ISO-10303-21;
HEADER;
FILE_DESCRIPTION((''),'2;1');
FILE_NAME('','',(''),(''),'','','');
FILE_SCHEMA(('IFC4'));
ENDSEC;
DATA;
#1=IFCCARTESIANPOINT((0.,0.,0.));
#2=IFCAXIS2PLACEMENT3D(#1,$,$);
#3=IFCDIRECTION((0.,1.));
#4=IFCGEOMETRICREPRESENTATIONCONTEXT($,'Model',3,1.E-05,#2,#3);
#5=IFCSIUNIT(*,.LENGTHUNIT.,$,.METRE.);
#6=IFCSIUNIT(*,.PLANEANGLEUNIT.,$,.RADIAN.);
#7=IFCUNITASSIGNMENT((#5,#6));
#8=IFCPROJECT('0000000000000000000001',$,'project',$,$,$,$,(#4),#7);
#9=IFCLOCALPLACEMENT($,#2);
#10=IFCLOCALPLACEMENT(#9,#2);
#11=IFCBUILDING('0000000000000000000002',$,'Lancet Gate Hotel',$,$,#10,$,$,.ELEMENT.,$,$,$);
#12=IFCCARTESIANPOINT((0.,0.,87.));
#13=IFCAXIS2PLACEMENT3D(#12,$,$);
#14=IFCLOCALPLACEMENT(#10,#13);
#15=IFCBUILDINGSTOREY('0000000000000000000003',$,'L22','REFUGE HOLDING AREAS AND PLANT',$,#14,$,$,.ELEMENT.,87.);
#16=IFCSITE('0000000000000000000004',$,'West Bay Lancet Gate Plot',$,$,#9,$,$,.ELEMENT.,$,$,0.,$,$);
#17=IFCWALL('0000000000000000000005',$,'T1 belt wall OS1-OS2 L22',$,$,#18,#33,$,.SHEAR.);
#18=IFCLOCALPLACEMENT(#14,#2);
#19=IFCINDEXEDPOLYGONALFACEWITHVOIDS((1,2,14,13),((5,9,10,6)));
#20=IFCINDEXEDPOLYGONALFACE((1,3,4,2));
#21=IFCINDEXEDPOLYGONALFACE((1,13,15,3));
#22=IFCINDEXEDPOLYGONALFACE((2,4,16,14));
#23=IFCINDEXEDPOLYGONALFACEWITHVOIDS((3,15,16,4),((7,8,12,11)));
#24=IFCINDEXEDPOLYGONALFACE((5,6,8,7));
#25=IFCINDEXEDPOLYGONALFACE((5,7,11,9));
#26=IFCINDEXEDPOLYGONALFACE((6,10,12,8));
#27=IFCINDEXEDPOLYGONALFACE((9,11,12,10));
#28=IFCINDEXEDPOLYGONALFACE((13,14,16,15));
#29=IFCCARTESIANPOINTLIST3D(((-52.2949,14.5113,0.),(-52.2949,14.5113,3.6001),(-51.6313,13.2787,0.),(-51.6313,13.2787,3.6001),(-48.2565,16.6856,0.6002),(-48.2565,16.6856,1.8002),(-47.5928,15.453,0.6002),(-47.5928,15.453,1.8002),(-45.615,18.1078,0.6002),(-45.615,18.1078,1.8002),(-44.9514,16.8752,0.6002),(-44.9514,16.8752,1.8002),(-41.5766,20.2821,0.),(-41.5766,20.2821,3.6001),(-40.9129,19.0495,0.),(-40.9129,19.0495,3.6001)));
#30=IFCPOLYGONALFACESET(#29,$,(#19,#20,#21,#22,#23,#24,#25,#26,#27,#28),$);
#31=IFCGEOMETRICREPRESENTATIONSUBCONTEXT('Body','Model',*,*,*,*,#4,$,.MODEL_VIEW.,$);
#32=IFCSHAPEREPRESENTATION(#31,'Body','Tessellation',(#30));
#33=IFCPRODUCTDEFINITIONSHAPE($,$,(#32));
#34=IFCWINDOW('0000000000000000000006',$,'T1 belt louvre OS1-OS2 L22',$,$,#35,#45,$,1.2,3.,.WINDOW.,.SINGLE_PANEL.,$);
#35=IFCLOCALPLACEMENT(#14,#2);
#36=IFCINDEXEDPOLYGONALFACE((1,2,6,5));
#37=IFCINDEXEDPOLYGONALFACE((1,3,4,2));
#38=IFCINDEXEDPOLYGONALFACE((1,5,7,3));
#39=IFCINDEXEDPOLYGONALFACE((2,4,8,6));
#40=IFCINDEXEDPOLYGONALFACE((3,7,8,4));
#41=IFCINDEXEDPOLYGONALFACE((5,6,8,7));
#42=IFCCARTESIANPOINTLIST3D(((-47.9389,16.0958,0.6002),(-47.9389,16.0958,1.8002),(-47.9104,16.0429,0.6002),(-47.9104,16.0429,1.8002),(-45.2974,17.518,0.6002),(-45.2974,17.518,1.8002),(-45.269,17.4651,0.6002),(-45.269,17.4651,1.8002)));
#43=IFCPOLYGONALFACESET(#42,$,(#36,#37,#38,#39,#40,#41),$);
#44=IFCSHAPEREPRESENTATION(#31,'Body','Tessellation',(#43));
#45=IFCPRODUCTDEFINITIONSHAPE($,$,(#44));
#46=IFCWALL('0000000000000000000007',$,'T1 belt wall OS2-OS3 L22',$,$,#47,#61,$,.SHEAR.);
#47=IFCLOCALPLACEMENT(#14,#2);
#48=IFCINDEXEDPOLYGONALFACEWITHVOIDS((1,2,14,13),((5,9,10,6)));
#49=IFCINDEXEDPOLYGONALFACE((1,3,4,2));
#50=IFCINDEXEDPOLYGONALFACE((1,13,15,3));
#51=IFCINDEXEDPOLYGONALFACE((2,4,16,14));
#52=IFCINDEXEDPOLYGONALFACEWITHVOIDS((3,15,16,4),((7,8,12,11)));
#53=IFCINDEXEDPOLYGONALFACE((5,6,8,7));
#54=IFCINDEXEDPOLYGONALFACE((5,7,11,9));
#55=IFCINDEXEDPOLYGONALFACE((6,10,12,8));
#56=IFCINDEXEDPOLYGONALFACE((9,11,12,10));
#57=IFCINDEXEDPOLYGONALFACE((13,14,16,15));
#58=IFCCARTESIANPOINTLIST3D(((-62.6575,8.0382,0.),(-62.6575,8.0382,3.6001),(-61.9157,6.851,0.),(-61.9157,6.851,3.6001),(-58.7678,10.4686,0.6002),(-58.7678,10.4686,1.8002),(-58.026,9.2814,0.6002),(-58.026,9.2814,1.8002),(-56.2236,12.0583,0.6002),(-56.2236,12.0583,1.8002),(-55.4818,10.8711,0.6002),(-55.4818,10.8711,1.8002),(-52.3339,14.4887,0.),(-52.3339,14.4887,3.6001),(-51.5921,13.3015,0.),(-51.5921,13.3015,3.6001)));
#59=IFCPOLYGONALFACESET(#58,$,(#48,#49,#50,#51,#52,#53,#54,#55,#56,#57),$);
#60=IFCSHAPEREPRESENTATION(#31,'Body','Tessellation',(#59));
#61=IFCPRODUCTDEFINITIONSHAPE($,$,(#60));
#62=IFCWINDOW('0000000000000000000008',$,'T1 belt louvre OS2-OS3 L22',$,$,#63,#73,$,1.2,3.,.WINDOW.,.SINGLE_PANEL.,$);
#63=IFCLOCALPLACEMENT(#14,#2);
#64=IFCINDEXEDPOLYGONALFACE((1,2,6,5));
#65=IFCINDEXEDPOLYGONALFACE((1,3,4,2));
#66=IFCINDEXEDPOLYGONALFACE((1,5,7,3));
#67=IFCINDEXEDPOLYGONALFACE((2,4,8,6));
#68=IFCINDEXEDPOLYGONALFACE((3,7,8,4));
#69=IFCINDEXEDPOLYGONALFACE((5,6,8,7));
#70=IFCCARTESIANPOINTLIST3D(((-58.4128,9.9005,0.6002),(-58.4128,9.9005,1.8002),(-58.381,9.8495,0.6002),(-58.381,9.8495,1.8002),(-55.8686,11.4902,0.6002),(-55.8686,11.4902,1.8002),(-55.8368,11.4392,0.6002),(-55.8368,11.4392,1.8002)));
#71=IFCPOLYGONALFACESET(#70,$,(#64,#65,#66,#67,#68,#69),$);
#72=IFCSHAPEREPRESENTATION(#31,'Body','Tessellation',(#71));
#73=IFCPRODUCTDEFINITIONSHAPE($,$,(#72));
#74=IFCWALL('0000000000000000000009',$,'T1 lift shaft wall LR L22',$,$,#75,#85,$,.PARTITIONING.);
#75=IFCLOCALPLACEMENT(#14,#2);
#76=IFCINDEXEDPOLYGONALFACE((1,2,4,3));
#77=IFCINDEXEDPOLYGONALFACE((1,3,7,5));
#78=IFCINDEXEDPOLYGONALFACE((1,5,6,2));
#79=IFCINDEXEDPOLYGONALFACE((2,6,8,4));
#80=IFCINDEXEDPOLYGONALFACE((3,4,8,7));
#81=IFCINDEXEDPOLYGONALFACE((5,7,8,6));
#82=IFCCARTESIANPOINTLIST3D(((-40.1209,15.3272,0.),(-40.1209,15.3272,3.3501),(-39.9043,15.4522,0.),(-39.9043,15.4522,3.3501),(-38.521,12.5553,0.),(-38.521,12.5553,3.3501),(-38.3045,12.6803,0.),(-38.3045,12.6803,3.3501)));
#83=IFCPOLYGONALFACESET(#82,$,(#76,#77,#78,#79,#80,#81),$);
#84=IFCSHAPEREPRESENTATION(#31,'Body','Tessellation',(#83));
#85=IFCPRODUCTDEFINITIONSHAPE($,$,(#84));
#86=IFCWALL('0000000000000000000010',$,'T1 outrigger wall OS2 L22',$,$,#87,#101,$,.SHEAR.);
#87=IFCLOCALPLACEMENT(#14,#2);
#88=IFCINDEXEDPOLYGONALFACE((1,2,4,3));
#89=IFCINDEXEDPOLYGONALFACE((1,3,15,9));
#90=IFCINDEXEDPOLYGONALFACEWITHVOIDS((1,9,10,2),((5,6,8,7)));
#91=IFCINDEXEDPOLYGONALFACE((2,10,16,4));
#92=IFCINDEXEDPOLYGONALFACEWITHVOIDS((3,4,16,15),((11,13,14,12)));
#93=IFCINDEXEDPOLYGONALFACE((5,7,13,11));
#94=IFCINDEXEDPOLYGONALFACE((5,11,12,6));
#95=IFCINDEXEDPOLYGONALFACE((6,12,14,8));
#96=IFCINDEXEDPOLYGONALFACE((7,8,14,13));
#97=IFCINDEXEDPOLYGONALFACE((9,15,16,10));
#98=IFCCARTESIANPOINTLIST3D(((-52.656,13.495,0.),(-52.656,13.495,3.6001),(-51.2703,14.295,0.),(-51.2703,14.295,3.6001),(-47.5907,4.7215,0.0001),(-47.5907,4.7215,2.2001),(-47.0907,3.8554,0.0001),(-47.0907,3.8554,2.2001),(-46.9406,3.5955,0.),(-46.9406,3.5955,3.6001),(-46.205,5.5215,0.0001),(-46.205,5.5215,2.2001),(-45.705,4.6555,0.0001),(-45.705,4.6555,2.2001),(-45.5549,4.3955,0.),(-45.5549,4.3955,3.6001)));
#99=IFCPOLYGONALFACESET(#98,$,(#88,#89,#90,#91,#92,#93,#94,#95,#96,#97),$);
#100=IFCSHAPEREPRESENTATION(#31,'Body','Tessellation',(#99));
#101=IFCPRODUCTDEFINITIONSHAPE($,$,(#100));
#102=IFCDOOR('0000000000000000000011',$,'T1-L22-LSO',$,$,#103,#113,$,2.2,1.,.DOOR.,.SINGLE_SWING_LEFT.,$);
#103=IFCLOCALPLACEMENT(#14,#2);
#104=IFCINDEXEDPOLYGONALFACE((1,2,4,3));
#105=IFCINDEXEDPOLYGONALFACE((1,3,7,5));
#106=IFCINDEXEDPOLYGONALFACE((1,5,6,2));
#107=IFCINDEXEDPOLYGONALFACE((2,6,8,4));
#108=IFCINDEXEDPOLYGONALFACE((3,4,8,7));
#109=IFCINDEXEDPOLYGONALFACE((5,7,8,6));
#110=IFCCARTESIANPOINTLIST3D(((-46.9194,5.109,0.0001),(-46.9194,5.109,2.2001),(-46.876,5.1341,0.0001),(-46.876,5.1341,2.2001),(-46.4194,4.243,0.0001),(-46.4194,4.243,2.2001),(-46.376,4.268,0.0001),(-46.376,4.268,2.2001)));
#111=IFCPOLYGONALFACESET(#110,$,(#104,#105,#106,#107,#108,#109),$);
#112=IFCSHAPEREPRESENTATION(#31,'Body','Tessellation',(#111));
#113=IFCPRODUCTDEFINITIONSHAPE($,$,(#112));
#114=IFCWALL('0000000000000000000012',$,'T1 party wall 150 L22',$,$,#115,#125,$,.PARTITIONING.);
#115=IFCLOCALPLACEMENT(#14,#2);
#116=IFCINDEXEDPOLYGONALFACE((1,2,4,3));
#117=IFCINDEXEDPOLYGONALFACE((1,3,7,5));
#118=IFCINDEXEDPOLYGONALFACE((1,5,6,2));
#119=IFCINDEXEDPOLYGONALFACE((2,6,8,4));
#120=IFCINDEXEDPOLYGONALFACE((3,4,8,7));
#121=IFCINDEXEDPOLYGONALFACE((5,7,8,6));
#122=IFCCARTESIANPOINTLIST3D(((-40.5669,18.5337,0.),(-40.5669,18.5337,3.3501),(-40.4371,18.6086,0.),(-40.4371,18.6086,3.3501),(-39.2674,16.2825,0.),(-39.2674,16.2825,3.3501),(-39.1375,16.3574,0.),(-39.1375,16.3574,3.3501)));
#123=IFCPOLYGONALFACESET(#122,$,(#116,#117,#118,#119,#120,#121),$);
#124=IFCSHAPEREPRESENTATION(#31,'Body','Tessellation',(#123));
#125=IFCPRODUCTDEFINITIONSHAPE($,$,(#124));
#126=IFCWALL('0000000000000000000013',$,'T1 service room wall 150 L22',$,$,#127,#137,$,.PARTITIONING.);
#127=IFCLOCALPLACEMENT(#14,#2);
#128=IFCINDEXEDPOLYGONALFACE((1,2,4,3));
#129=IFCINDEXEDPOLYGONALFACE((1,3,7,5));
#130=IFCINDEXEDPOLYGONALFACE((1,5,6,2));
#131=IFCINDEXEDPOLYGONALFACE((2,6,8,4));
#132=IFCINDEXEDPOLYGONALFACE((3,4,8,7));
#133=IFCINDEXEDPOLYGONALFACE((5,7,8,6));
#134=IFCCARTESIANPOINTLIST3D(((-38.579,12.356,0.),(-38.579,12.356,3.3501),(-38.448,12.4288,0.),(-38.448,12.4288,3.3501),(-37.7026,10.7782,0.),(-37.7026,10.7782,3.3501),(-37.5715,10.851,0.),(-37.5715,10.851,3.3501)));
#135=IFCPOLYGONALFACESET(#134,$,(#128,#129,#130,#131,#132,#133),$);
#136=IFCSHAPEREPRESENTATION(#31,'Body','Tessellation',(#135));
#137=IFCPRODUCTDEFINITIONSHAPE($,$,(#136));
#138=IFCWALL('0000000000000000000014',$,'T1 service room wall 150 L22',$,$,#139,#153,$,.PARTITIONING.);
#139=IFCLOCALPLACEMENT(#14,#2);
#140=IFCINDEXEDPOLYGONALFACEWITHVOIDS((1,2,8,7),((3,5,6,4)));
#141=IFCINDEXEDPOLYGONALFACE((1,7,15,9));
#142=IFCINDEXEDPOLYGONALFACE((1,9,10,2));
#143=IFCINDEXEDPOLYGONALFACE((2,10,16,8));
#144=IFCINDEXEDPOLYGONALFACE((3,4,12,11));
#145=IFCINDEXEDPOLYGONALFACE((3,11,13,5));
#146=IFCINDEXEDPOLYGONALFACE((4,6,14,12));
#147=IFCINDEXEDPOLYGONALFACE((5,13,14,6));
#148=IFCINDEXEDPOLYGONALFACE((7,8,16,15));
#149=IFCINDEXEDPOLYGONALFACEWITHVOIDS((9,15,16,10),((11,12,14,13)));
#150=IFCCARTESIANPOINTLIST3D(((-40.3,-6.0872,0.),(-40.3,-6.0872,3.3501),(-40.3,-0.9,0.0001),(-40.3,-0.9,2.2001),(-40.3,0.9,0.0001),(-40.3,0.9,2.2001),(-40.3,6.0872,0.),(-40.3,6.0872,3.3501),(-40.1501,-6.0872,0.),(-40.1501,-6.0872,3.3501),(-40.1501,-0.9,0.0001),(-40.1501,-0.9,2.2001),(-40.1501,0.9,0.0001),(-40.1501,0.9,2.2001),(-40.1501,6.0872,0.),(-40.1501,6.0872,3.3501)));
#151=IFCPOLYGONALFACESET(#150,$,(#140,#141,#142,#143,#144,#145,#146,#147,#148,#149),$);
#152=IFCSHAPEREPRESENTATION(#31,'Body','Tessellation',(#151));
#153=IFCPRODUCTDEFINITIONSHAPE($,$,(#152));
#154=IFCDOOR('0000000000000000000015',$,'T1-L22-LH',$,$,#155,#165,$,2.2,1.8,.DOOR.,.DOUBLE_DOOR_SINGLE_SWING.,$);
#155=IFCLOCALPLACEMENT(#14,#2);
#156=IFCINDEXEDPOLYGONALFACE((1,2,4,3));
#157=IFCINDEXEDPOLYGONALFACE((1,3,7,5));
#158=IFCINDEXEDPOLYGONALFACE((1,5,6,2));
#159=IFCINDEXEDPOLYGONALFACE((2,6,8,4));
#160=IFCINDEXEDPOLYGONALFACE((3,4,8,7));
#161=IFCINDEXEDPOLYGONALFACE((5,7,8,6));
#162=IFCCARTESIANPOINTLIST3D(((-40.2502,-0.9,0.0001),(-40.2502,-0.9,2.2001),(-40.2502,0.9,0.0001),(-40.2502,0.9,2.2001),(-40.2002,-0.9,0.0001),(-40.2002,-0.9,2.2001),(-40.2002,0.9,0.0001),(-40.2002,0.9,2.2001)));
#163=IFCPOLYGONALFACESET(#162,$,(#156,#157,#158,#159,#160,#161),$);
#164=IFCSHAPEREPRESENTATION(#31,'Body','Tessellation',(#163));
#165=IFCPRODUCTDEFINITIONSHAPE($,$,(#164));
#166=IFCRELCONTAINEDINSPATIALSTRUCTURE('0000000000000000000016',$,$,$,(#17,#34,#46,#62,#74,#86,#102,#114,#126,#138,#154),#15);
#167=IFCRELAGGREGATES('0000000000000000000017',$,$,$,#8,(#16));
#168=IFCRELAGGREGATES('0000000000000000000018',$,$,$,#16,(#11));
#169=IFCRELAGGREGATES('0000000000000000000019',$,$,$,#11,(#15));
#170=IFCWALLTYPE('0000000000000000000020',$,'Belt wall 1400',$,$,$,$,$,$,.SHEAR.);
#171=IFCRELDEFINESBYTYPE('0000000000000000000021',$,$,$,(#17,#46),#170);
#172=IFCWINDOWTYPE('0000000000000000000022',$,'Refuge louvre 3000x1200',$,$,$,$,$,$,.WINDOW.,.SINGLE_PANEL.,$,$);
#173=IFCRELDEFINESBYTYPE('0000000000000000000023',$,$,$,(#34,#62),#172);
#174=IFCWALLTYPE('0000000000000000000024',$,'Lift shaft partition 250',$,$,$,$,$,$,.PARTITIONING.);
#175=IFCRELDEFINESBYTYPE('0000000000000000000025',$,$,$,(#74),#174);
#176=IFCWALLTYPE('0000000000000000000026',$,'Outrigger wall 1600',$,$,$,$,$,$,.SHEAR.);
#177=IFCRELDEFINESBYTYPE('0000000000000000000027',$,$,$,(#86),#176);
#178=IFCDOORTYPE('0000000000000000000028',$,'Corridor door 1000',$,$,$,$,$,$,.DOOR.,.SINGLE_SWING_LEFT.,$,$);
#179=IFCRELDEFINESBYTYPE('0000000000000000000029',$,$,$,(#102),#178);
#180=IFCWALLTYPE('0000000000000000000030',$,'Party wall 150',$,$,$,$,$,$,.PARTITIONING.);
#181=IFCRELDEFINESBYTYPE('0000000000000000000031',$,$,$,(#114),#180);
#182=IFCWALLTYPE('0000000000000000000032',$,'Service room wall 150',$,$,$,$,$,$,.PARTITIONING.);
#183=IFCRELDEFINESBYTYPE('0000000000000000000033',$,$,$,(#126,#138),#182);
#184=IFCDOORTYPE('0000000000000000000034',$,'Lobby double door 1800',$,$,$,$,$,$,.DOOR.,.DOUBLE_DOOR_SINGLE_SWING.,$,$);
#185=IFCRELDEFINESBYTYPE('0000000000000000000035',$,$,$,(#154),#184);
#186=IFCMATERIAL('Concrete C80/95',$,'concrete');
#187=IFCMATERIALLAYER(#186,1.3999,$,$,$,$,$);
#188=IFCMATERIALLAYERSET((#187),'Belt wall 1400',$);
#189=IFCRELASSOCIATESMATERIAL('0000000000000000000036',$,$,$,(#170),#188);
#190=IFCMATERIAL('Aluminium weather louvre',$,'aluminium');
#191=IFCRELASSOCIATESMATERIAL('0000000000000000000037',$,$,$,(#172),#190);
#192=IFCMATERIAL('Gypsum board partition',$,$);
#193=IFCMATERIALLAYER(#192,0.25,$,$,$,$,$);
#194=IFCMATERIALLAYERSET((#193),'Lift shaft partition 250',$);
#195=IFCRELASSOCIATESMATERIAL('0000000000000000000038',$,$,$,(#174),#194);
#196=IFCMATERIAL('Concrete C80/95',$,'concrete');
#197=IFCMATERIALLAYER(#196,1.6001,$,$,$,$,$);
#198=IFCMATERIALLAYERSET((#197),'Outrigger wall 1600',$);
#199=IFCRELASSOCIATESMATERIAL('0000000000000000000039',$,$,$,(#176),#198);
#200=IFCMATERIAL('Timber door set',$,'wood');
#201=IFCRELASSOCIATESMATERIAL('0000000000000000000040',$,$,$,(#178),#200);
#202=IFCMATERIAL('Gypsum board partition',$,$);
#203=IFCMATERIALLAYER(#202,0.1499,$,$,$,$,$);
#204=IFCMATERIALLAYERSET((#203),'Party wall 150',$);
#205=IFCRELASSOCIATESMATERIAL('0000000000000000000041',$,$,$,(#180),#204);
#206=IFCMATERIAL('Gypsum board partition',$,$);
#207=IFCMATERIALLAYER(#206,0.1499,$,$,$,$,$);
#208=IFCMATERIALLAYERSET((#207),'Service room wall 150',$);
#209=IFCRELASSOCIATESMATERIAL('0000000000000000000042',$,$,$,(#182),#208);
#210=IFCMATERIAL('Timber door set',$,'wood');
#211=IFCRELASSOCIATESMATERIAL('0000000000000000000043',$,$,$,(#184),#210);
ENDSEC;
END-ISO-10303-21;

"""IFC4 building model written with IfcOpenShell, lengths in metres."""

from ifc_helpers import new_model, si_unit, direction, frame, frame_2d, origin, place, context, subcontext, project, spatial, rectangle, extrude, material, layer, layer_set, type_object, element, fill, save


model = new_model("IFC4")

# Units and contexts
model_context = context("Model", 3, precision=1e-05, world=origin(), true_north=direction((0.0, 1.0)))
body_context = subcontext(model_context, "Body", "Model", "MODEL_VIEW")
ifc_project = project(units=[si_unit("LENGTHUNIT", "METRE"), si_unit("PLANEANGLEUNIT", "RADIAN")], contexts=[model_context])

# Site, building, storey
site_placement = place(None, origin())
site = spatial("IfcSite", under=ifc_project, at=site_placement, Name="West Bay Lancet Gate Plot", CompositionType="ELEMENT", RefElevation=0.0)
building_placement = place(site_placement, origin())
building = spatial("IfcBuilding", under=site, at=building_placement, Name="Lancet Gate Hotel", CompositionType="ELEMENT")
storey_placement = place(building_placement, frame((0.0, 0.0, 87.0)))
storey = spatial("IfcBuildingStorey", under=building, at=storey_placement, Name="L22", Description="REFUGE HOLDING AREAS AND PLANT", CompositionType="ELEMENT", Elevation=87.0)

# Walls, openings, windows
ifc_material_1 = material(Name="Concrete C80/95", Category="concrete")
ifc_layer_1 = layer(ifc_material_1, 1.3999)
ifc_layer_set_1 = layer_set([ifc_layer_1], Name="Belt wall 1400")
wall_type_1 = type_object("IfcWallType", Name="Belt wall 1400", PredefinedType="SHEAR", material=ifc_layer_set_1)
wall_1_placement = place(storey_placement, frame((-41.2449, 19.6658, 0.0), z_axis=(0.0, 0.0, 1.0), x_axis=(-0.880492, -0.47406, 0.0)))
wall_1 = element("IfcWall", 1, at=wall_1_placement, inside=storey, type_object=wall_type_1, Name="T1 belt wall OS1-OS2 L22", PredefinedType="SHEAR", context=body_context, shape_type="SweptSolid", body=[
    extrude(rectangle(XDim=12.1731, YDim=1.3999, at=frame_2d((6.0864, 0.0))), origin(), (0.0, 0.0, 1.0), 3.6001),
])
opening_1_placement = place(wall_1_placement, frame((4.5864, 0.0, 0.6001)))
opening_1 = element("IfcOpeningElement", 2, at=opening_1_placement, cuts=wall_1, PredefinedType="OPENING", context=body_context, shape_type="SweptSolid", body=[
    extrude(rectangle(XDim=3.0, YDim=1.2, at=frame_2d((1.5, 0.6001))), frame((0.0, 0.71, 0.0), z_axis=(0.0, -1.0, 0.0), x_axis=(1.0, 0.0, 0.0)), (0.0, 0.0, 1.0), 1.4199),
])
ifc_material_2 = material(Name="Aluminium weather louvre", Category="aluminium")
window_type = type_object("IfcWindowType", Name="Refuge louvre 3000x1200", PartitioningType="SINGLE_PANEL", PredefinedType="WINDOW", material=ifc_material_2)
window_1_placement = place(opening_1_placement, origin())
window_1 = element("IfcWindow", 3, at=window_1_placement, inside=storey, type_object=window_type, Name="T1 belt louvre OS1-OS2 L22", OverallHeight=1.2, OverallWidth=3.0, PartitioningType="SINGLE_PANEL", PredefinedType="WINDOW", context=body_context, shape_type="SweptSolid", body=[
    extrude(rectangle(XDim=3.0, YDim=1.2, at=frame_2d((1.5, 0.6001))), frame((0.0, 0.03, 0.0), z_axis=(0.0, -1.0, 0.0), x_axis=(1.0, 0.0, 0.0)), (0.0, 0.0, 1.0), 0.0601),
])
fill(opening_1, window_1)
wall_2_placement = place(storey_placement, frame((-51.9631, 13.895, 0.0), z_axis=(0.0, 0.0, 1.0), x_axis=(-0.848063, -0.529896, 0.0)))
wall_2 = element("IfcWall", 4, at=wall_2_placement, inside=storey, type_object=wall_type_1, Name="T1 belt wall OS2-OS3 L22", PredefinedType="SHEAR", context=body_context, shape_type="SweptSolid", body=[
    extrude(rectangle(XDim=12.1731, YDim=1.3999, at=frame_2d((6.0864, 0.0))), origin(), (0.0, 0.0, 1.0), 3.6001),
])
opening_2_placement = place(wall_2_placement, frame((4.5864, 0.0, 0.6001)))
opening_2 = element("IfcOpeningElement", 5, at=opening_2_placement, cuts=wall_2, PredefinedType="OPENING", context=body_context, shape_type="SweptSolid", body=[
    extrude(rectangle(XDim=3.0, YDim=1.2, at=frame_2d((1.5, 0.6001))), frame((0.0, 0.71, 0.0), z_axis=(0.0, -1.0, 0.0), x_axis=(1.0, 0.0, 0.0)), (0.0, 0.0, 1.0), 1.4199),
])
window_2_placement = place(opening_2_placement, origin())
window_2 = element("IfcWindow", 6, at=window_2_placement, inside=storey, type_object=window_type, Name="T1 belt louvre OS2-OS3 L22", OverallHeight=1.2, OverallWidth=3.0, PartitioningType="SINGLE_PANEL", PredefinedType="WINDOW", context=body_context, shape_type="SweptSolid", body=[
    extrude(rectangle(XDim=3.0, YDim=1.2, at=frame_2d((1.5, 0.6001))), frame((0.0, 0.03, 0.0), z_axis=(0.0, -1.0, 0.0), x_axis=(1.0, 0.0, 0.0)), (0.0, 0.0, 1.0), 0.0601),
])
fill(opening_2, window_2)

# Wall
ifc_material_3 = material(Name="Gypsum board partition")
ifc_layer_2 = layer(ifc_material_3, 0.25)
ifc_layer_set_2 = layer_set([ifc_layer_2], Name="Lift shaft partition 250")
wall_type_2 = type_object("IfcWallType", Name="Lift shaft partition 250", PredefinedType="PARTITIONING", material=ifc_layer_set_2)
wall_3_placement = place(storey_placement, frame((-38.4128, 12.6179, 0.0), z_axis=(0.0, 0.0, 1.0), x_axis=(-0.499872, 0.866099, 0.0)))
element("IfcWall", 7, at=wall_3_placement, inside=storey, type_object=wall_type_2, Name="T1 lift shaft wall LR L22", PredefinedType="PARTITIONING", context=body_context, shape_type="SweptSolid", body=[
    extrude(rectangle(XDim=3.2004, YDim=0.25, at=frame_2d((1.6001, 0.0))), origin(), (0.0, 0.0, 1.0), 3.3501),
])

# Wall, opening, door
ifc_material_4 = material(Name="Concrete C80/95", Category="concrete")
ifc_layer_3 = layer(ifc_material_4, 1.6001)
ifc_layer_set_3 = layer_set([ifc_layer_3], Name="Outrigger wall 1600")
wall_type_3 = type_object("IfcWallType", Name="Outrigger wall 1600", PredefinedType="SHEAR", material=ifc_layer_set_3)
wall_4_placement = place(storey_placement, frame((-46.2478, 3.9956, 0.0), z_axis=(0.0, 0.0, 1.0), x_axis=(-0.499994, 0.866029, 0.0)))
wall_4 = element("IfcWall", 8, at=wall_4_placement, inside=storey, type_object=wall_type_3, Name="T1 outrigger wall OS2 L22", PredefinedType="SHEAR", context=body_context, shape_type="SweptSolid", body=[
    extrude(rectangle(XDim=11.4309, YDim=1.6001, at=frame_2d((5.7153, 0.0))), origin(), (0.0, 0.0, 1.0), 3.6001),
])
opening_3_placement = place(wall_4_placement, frame((0.3, 0.0, 0.0)))
opening_3 = element("IfcOpeningElement", 9, at=opening_3_placement, cuts=wall_4, PredefinedType="OPENING", context=body_context, shape_type="SweptSolid", body=[
    extrude(rectangle(XDim=1.0, YDim=2.2, at=frame_2d((0.5, 1.1001))), frame((0.0, 0.8101, 0.0), z_axis=(0.0, -1.0, 0.0), x_axis=(1.0, 0.0, 0.0)), (0.0, 0.0, 1.0), 1.6201),
])
ifc_material_5 = material(Name="Timber door set", Category="wood")
door_type_1 = type_object("IfcDoorType", Name="Corridor door 1000", OperationType="SINGLE_SWING_LEFT", PredefinedType="DOOR", material=ifc_material_5)
door_1_placement = place(opening_3_placement, origin())
door_1 = element("IfcDoor", 10, at=door_1_placement, inside=storey, type_object=door_type_1, Name="T1-L22-LSO", OperationType="SINGLE_SWING_LEFT", OverallHeight=2.2, OverallWidth=1.0, PredefinedType="DOOR", context=body_context, shape_type="SweptSolid", body=[
    extrude(rectangle(XDim=1.0, YDim=2.2, at=frame_2d((0.5, 1.1001))), frame((0.0, 0.0249, 0.0), z_axis=(0.0, -1.0, 0.0), x_axis=(1.0, 0.0, 0.0)), (0.0, 0.0, 1.0), 0.05),
])
fill(opening_3, door_1)

# Walls
ifc_material_6 = material(Name="Gypsum board partition")
ifc_layer_4 = layer(ifc_material_6, 0.1499)
ifc_layer_set_4 = layer_set([ifc_layer_4], Name="Party wall 150")
wall_type_4 = type_object("IfcWallType", Name="Party wall 150", PredefinedType="PARTITIONING", material=ifc_layer_set_4)
wall_5_placement = place(storey_placement, frame((-39.2024, 16.3198, 0.0), z_axis=(0.0, 0.0, 1.0), x_axis=(-0.499947, 0.866056, 0.0)))
element("IfcWall", 11, at=wall_5_placement, inside=storey, type_object=wall_type_4, Name="T1 party wall 150 L22", PredefinedType="PARTITIONING", context=body_context, shape_type="SweptSolid", body=[
    extrude(rectangle(XDim=2.5994, YDim=0.1499, at=frame_2d((1.2998, 0.0))), origin(), (0.0, 0.0, 1.0), 3.3501),
])
ifc_material_7 = material(Name="Gypsum board partition")
ifc_layer_5 = layer(ifc_material_7, 0.1499)
ifc_layer_set_5 = layer_set([ifc_layer_5], Name="Service room wall 150")
wall_type_5 = type_object("IfcWallType", Name="Service room wall 150", PredefinedType="PARTITIONING", material=ifc_layer_set_5)
wall_6_placement = place(storey_placement, frame((-38.5134, 12.3923, 0.0), z_axis=(0.0, 0.0, 1.0), x_axis=(0.485586, -0.874189, 0.0)))
element("IfcWall", 12, at=wall_6_placement, inside=storey, type_object=wall_type_5, Name="T1 service room wall 150 L22", PredefinedType="PARTITIONING", context=body_context, shape_type="SweptSolid", body=[
    extrude(rectangle(XDim=1.8049, YDim=0.1499, at=frame_2d((0.9023, 0.0))), origin(), (0.0, 0.0, 1.0), 3.3501),
])

# Wall, opening, door
wall_7_placement = place(storey_placement, frame((-40.2251, 6.0872, 0.0), z_axis=(0.0, 0.0, 1.0), x_axis=(0.0, -1.0, 0.0)))
wall_7 = element("IfcWall", 13, at=wall_7_placement, inside=storey, type_object=wall_type_5, Name="T1 service room wall 150 L22", PredefinedType="PARTITIONING", context=body_context, shape_type="SweptSolid", body=[
    extrude(rectangle(XDim=12.1743, YDim=0.1499, at=frame_2d((6.0872, 0.0))), origin(), (0.0, 0.0, 1.0), 3.3501),
])
opening_4_placement = place(wall_7_placement, frame((5.1873, 0.0, 0.0)))
opening_4 = element("IfcOpeningElement", 14, at=opening_4_placement, cuts=wall_7, PredefinedType="OPENING", context=body_context, shape_type="SweptSolid", body=[
    extrude(rectangle(XDim=1.8, YDim=2.2, at=frame_2d((0.8999, 1.1001))), frame((0.0, 0.085, 0.0), z_axis=(0.0, -1.0, 0.0), x_axis=(1.0, 0.0, 0.0)), (0.0, 0.0, 1.0), 0.1699),
])
ifc_material_8 = material(Name="Timber door set", Category="wood")
door_type_2 = type_object("IfcDoorType", Name="Lobby double door 1800", OperationType="DOUBLE_DOOR_SINGLE_SWING", PredefinedType="DOOR", material=ifc_material_8)
door_2_placement = place(opening_4_placement, origin())
door_2 = element("IfcDoor", 15, at=door_2_placement, inside=storey, type_object=door_type_2, Name="T1-L22-LH", OperationType="DOUBLE_DOOR_SINGLE_SWING", OverallHeight=2.2, OverallWidth=1.8, PredefinedType="DOOR", context=body_context, shape_type="SweptSolid", body=[
    extrude(rectangle(XDim=1.8, YDim=2.2, at=frame_2d((0.8999, 1.1001))), frame((0.0, 0.0249, 0.0), z_axis=(0.0, -1.0, 0.0), x_axis=(1.0, 0.0, 0.0)), (0.0, 0.0, 1.0), 0.05),
])
fill(opening_4, door_2)

save(model, "model.ifc")
